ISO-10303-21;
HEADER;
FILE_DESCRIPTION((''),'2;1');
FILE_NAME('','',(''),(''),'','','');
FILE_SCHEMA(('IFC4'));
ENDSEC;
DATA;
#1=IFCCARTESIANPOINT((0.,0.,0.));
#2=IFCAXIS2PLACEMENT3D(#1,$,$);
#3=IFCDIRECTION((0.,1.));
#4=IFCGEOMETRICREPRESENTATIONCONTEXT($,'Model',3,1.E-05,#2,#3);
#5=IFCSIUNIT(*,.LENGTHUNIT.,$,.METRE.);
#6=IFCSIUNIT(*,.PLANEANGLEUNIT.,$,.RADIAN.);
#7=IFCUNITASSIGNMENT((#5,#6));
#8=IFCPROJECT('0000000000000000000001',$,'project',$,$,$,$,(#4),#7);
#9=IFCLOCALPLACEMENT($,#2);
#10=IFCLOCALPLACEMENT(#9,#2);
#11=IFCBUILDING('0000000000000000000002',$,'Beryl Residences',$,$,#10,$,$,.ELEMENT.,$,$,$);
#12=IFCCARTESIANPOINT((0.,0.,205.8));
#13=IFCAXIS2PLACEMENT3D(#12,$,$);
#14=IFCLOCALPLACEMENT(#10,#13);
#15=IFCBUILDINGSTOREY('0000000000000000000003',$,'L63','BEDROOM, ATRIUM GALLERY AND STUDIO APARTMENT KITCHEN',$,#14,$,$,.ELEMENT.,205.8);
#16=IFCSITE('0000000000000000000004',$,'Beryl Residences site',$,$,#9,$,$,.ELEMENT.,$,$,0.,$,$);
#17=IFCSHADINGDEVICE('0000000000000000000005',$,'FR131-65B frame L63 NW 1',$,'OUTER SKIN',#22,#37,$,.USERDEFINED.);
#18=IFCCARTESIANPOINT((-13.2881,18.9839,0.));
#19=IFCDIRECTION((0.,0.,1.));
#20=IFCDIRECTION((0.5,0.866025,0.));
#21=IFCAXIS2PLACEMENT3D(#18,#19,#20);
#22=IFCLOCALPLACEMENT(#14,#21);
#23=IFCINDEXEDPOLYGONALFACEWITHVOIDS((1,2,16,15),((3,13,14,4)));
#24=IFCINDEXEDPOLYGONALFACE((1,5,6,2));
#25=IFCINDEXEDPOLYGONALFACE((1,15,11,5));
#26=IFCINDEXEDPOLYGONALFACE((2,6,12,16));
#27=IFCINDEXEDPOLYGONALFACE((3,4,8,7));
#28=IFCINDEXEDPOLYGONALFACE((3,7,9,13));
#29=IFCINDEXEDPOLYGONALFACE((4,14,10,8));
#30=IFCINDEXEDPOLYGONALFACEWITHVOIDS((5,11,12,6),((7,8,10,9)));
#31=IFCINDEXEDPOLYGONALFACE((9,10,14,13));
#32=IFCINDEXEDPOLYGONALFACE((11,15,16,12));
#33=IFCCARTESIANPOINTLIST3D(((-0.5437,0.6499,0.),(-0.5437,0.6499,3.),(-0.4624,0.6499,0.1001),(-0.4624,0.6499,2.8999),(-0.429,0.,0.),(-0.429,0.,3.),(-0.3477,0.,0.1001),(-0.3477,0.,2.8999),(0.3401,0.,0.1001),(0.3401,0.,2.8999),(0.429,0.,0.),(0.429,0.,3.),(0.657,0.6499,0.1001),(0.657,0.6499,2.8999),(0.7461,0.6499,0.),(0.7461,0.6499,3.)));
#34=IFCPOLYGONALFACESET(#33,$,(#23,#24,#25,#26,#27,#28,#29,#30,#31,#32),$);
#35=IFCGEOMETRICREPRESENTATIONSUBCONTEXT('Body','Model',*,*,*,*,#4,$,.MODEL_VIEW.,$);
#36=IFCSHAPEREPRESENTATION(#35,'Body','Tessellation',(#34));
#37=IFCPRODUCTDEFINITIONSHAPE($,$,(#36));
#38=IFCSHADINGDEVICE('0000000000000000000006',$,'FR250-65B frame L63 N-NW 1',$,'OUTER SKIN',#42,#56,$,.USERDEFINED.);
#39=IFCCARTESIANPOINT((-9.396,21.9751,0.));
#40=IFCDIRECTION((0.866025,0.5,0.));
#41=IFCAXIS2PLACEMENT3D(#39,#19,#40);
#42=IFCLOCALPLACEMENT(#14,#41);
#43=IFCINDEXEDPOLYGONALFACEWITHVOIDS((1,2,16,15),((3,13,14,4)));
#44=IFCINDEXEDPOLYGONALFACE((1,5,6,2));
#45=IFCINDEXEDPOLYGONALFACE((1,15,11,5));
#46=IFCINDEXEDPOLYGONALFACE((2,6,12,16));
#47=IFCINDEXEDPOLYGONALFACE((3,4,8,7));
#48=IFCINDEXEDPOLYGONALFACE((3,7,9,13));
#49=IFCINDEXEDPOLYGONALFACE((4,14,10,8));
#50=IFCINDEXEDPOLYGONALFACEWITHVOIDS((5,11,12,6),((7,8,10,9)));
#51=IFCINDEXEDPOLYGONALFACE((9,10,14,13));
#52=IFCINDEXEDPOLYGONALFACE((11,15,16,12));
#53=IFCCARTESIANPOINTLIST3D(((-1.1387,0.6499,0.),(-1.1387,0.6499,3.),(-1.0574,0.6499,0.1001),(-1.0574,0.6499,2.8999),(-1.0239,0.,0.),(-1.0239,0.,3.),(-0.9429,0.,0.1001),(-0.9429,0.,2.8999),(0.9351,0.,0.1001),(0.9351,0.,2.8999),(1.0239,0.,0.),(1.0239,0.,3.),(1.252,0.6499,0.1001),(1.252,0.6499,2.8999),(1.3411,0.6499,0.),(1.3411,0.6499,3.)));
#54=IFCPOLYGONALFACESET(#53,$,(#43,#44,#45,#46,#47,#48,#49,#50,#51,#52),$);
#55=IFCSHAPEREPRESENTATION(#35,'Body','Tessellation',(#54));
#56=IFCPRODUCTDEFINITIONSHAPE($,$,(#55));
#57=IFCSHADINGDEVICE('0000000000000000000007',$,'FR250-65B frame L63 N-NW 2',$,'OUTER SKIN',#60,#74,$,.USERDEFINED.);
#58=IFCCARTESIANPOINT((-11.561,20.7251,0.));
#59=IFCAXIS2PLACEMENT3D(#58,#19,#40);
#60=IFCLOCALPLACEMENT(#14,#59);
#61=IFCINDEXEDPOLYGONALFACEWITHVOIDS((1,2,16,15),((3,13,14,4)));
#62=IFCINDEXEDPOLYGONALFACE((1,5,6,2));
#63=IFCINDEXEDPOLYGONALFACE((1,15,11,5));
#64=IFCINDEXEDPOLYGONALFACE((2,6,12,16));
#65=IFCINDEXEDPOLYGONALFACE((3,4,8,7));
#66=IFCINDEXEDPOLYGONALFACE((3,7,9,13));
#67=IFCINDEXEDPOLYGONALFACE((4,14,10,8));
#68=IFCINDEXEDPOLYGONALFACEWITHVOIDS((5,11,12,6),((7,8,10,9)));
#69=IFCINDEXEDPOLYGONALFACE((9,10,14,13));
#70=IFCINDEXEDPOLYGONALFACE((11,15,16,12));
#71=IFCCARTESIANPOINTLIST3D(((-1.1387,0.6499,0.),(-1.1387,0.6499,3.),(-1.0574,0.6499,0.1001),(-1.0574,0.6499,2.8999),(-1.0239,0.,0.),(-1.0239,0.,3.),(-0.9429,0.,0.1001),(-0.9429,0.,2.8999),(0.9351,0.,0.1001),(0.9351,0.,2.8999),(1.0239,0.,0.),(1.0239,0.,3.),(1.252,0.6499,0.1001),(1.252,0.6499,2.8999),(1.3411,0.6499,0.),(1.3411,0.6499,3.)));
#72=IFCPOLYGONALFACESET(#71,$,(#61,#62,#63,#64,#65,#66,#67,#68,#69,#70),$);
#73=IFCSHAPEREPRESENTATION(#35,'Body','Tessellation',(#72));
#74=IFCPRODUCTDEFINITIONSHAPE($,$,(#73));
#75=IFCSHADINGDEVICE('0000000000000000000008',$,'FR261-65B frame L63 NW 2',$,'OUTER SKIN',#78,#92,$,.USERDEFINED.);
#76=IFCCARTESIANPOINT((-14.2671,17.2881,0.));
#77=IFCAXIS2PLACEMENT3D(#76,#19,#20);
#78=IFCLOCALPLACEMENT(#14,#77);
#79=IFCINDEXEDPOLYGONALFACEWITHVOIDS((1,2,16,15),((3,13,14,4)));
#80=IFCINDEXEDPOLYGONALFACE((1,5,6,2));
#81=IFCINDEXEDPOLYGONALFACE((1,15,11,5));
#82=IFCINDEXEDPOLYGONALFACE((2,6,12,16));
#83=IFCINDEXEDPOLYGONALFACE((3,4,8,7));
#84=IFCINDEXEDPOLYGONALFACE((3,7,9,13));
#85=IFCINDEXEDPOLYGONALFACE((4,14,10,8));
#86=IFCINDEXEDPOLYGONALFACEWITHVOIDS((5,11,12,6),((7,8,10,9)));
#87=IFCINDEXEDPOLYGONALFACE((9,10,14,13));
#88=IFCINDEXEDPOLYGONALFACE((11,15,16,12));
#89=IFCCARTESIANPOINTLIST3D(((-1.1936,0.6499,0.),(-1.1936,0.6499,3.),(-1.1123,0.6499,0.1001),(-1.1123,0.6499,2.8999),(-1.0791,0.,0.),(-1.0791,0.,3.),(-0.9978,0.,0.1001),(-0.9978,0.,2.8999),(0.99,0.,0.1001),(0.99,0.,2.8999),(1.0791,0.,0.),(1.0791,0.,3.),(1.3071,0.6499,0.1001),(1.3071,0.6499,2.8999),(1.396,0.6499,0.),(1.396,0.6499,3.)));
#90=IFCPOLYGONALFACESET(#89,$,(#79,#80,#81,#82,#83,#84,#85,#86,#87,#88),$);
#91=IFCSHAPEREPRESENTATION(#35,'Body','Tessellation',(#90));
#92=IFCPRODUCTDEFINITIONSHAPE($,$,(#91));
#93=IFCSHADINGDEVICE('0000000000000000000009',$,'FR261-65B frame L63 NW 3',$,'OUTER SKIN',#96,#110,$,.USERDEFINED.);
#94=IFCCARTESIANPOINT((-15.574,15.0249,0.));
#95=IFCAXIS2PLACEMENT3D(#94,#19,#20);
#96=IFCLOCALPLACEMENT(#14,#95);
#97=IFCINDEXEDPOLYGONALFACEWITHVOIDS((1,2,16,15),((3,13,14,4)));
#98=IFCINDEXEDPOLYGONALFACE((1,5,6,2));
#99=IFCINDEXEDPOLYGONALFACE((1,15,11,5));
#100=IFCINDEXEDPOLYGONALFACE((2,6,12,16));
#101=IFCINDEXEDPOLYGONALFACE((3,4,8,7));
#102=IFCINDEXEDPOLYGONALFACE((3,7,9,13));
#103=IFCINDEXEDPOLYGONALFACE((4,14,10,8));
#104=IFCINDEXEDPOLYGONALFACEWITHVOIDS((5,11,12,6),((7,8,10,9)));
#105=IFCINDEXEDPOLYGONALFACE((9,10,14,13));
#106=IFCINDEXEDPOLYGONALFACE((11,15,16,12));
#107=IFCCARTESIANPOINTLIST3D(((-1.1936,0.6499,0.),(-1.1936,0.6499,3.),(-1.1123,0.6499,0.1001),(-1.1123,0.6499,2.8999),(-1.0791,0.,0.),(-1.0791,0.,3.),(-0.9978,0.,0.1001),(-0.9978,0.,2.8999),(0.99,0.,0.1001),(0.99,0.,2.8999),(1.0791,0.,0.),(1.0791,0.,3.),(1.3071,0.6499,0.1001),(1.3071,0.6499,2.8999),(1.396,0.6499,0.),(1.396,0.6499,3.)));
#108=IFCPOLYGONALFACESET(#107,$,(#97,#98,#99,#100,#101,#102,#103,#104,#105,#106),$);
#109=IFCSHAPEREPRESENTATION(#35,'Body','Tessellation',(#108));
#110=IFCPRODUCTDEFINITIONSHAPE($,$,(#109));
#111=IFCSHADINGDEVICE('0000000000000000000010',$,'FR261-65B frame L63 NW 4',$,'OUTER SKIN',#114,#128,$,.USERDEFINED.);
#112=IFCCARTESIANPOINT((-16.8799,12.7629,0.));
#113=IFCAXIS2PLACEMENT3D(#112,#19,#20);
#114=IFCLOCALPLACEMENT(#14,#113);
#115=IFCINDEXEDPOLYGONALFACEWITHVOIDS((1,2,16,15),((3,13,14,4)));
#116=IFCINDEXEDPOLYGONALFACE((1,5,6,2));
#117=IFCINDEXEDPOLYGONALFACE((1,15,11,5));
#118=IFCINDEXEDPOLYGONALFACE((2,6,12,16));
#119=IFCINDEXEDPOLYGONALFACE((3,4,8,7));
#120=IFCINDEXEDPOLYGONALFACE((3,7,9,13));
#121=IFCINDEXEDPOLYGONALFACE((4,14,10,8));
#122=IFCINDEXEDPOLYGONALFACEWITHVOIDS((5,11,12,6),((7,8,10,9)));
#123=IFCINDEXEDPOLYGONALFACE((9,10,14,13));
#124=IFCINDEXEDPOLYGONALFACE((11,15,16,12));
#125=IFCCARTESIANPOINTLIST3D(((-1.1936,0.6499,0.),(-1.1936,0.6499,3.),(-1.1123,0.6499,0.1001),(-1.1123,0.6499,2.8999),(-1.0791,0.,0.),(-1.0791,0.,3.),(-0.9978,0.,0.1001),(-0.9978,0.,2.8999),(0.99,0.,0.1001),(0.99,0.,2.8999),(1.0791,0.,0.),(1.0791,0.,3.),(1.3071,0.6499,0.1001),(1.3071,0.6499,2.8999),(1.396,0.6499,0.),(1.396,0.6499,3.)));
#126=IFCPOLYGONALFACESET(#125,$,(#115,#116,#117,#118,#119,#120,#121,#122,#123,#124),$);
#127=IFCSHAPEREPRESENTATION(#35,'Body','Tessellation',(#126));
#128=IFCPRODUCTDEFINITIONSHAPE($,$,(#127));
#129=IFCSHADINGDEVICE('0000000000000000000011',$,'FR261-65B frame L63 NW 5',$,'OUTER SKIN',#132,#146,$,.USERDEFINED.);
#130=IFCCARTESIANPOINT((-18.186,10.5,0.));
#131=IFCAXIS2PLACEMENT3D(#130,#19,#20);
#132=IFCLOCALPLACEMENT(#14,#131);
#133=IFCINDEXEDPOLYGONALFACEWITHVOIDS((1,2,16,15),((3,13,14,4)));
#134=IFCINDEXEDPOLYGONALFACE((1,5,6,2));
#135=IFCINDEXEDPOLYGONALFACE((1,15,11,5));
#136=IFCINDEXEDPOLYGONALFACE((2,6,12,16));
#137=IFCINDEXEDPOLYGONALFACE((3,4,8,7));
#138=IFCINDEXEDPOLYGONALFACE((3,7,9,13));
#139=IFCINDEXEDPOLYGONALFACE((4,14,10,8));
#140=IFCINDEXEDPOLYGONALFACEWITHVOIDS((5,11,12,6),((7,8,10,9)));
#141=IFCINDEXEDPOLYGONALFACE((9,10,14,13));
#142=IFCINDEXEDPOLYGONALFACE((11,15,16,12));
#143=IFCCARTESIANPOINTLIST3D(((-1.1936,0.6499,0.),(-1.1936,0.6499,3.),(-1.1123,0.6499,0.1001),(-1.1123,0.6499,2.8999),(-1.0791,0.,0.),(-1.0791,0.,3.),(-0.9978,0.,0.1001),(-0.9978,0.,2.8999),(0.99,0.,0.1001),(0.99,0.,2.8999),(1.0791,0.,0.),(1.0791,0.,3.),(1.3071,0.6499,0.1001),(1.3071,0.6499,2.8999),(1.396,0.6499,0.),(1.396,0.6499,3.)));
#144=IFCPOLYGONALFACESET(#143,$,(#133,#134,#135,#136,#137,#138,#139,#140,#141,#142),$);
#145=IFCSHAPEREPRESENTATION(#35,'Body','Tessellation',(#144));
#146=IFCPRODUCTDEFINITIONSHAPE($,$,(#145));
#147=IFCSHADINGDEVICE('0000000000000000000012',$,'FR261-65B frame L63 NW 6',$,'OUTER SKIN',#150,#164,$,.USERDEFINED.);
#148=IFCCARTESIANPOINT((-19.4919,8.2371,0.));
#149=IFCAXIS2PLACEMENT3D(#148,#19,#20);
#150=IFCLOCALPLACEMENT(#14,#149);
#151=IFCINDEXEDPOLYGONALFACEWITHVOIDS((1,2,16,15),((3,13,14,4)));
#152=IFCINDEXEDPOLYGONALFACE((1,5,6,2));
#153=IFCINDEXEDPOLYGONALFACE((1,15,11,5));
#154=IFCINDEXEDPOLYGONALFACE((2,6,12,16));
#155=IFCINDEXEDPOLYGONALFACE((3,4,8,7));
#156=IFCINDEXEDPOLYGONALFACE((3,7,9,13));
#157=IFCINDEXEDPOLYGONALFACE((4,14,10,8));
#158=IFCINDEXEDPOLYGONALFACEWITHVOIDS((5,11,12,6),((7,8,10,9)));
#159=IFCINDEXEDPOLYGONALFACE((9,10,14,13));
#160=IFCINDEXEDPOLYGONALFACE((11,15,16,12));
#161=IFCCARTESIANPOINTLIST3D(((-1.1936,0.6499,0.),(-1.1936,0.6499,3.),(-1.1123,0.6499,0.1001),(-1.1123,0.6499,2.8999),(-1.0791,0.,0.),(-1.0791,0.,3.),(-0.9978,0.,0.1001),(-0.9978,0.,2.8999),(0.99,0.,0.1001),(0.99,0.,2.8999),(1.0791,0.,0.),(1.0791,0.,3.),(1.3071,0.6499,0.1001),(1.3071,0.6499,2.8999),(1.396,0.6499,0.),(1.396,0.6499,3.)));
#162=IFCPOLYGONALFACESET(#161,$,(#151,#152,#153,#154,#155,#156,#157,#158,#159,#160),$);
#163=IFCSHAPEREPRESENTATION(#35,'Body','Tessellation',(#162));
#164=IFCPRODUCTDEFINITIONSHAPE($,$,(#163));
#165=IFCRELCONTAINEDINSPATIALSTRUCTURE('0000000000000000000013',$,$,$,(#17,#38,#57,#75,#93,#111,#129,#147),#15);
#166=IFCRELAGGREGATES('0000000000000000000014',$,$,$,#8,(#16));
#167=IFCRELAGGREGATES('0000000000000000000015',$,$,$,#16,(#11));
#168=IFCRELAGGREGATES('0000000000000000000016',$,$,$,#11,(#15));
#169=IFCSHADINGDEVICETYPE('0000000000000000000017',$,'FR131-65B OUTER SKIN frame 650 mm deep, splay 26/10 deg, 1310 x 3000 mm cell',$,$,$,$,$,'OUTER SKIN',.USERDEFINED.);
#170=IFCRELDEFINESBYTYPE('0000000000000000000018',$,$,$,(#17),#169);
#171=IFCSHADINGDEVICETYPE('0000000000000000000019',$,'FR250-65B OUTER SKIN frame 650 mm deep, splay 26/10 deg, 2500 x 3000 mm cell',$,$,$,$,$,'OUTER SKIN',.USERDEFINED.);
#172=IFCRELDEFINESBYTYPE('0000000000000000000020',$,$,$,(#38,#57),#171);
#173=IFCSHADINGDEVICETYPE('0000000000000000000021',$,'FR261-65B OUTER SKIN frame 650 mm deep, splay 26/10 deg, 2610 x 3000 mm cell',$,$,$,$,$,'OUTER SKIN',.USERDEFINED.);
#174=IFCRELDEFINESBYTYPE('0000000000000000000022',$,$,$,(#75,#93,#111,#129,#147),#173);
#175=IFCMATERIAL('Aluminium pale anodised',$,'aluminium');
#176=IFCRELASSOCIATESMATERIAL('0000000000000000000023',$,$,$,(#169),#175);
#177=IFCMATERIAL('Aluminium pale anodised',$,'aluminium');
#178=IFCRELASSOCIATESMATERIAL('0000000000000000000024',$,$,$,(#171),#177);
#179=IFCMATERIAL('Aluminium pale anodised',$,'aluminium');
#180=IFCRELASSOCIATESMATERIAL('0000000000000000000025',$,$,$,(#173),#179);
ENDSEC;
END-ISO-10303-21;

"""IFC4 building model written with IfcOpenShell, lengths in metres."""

from ifc_helpers import new_model, entity, si_unit, direction, frame, origin, place, context, subcontext, project, spatial, source, transform, mapped, material, type_object, type_shapes, element, save


model = new_model("IFC4")

# Units and contexts
model_context = context("Model", 3, precision=1e-05, world=origin(), true_north=direction((0.0, 1.0)))
body_context = subcontext(model_context, "Body", "Model", "MODEL_VIEW")
ifc_project = project(units=[si_unit("LENGTHUNIT", "METRE"), si_unit("PLANEANGLEUNIT", "RADIAN")], contexts=[model_context])

# Site, building, storey
site_placement = place(None, origin())
site = spatial("IfcSite", under=ifc_project, at=site_placement, Name="Beryl Residences site", CompositionType="ELEMENT", RefElevation=0.0)
building_placement = place(site_placement, origin())
building = spatial("IfcBuilding", under=site, at=building_placement, Name="Beryl Residences", CompositionType="ELEMENT")
storey_placement = place(building_placement, frame((0.0, 0.0, 205.8)))
storey = spatial("IfcBuildingStorey", under=building, at=storey_placement, Name="L63", Description="BEDROOM, ATRIUM GALLERY AND STUDIO APARTMENT KITCHEN", CompositionType="ELEMENT", Elevation=205.8)

# Shading devices
ifc_material_1 = material(Name="Aluminium pale anodised", Category="aluminium")
shading_device_type_1 = type_object("IfcShadingDeviceType", Name="FR131-65B OUTER SKIN frame 650 mm deep, splay 26/10 deg, 1310 x 3000 mm cell", ElementType="OUTER SKIN", PredefinedType="USERDEFINED", material=ifc_material_1)
cartesian_point_1 = entity("IfcCartesianPoint", [-0.429, 0.0])
cartesian_point_2 = entity("IfcCartesianPoint", [-0.3401, 0.1001])
cartesian_point_3 = entity("IfcCartesianPoint", [-0.7461, 0.0])
cartesian_point_4 = entity("IfcCartesianPoint", [-0.657, 0.1001])
shared_shape_1 = source(origin(), body_context, "Body", "SweptSolid", [
    entity("IfcExtrudedAreaSolidTapered", entity("IfcArbitraryProfileDefWithVoids", "AREA", None, entity("IfcPolyline", [cartesian_point_1, entity("IfcCartesianPoint", [0.429, 0.0]), entity("IfcCartesianPoint", [0.429, 3.0]), entity("IfcCartesianPoint", [-0.429, 3.0]), cartesian_point_1]), [entity("IfcPolyline", [cartesian_point_2, entity("IfcCartesianPoint", [0.3477, 0.1001]), entity("IfcCartesianPoint", [0.3477, 2.8999]), entity("IfcCartesianPoint", [-0.3401, 2.8999]), cartesian_point_2])]), entity("IfcAxis2Placement3D", entity("IfcCartesianPoint", [0.0, 0.0, 0.0]), entity("IfcDirection", [0.0, 1.0, 0.0]), entity("IfcDirection", [-1.0, 0.0, 0.0])), entity("IfcDirection", [0.0, 0.0, 1.0]), 0.6499, entity("IfcArbitraryProfileDefWithVoids", "AREA", None, entity("IfcPolyline", [cartesian_point_3, entity("IfcCartesianPoint", [0.5437, 0.0]), entity("IfcCartesianPoint", [0.5437, 3.0]), entity("IfcCartesianPoint", [-0.7461, 3.0]), cartesian_point_3]), [entity("IfcPolyline", [cartesian_point_4, entity("IfcCartesianPoint", [0.4624, 0.1001]), entity("IfcCartesianPoint", [0.4624, 2.8999]), entity("IfcCartesianPoint", [-0.657, 2.8999]), cartesian_point_4])])),
])
type_shapes(shading_device_type_1, [shared_shape_1])
shading_device_placement = place(storey_placement, frame((-13.2881, 18.9839, 0.0), z_axis=(0.0, 0.0, 1.0), x_axis=(0.5, 0.866025, 0.0)))
element("IfcShadingDevice", 1, at=shading_device_placement, inside=storey, type_object=shading_device_type_1, Name="FR131-65B frame L63 NW 1", ObjectType="OUTER SKIN", PredefinedType="USERDEFINED", context=body_context, shape_type="MappedRepresentation", body=[
    mapped(shared_shape_1, transform((0.0, 0.0, 0.0))),
])
ifc_material_2 = material(Name="Aluminium pale anodised", Category="aluminium")
shading_device_type_2 = type_object("IfcShadingDeviceType", Name="FR250-65B OUTER SKIN frame 650 mm deep, splay 26/10 deg, 2500 x 3000 mm cell", ElementType="OUTER SKIN", PredefinedType="USERDEFINED", material=ifc_material_2)
cartesian_point_5 = entity("IfcCartesianPoint", [-1.0239, 0.0])
cartesian_point_6 = entity("IfcCartesianPoint", [-0.9351, 0.1001])
cartesian_point_7 = entity("IfcCartesianPoint", [-1.3411, 0.0])
cartesian_point_8 = entity("IfcCartesianPoint", [-1.252, 0.1001])
shared_shape_2 = source(origin(), body_context, "Body", "SweptSolid", [
    entity("IfcExtrudedAreaSolidTapered", entity("IfcArbitraryProfileDefWithVoids", "AREA", None, entity("IfcPolyline", [cartesian_point_5, entity("IfcCartesianPoint", [1.0239, 0.0]), entity("IfcCartesianPoint", [1.0239, 3.0]), entity("IfcCartesianPoint", [-1.0239, 3.0]), cartesian_point_5]), [entity("IfcPolyline", [cartesian_point_6, entity("IfcCartesianPoint", [0.9429, 0.1001]), entity("IfcCartesianPoint", [0.9429, 2.8999]), entity("IfcCartesianPoint", [-0.9351, 2.8999]), cartesian_point_6])]), entity("IfcAxis2Placement3D", entity("IfcCartesianPoint", [0.0, 0.0, 0.0]), entity("IfcDirection", [0.0, 1.0, 0.0]), entity("IfcDirection", [-1.0, 0.0, 0.0])), entity("IfcDirection", [0.0, 0.0, 1.0]), 0.6499, entity("IfcArbitraryProfileDefWithVoids", "AREA", None, entity("IfcPolyline", [cartesian_point_7, entity("IfcCartesianPoint", [1.1387, 0.0]), entity("IfcCartesianPoint", [1.1387, 3.0]), entity("IfcCartesianPoint", [-1.3411, 3.0]), cartesian_point_7]), [entity("IfcPolyline", [cartesian_point_8, entity("IfcCartesianPoint", [1.0574, 0.1001]), entity("IfcCartesianPoint", [1.0574, 2.8999]), entity("IfcCartesianPoint", [-1.252, 2.8999]), cartesian_point_8])])),
])
type_shapes(shading_device_type_2, [shared_shape_2])
for number, where, z_axis, x_axis, name in (
    (2, (-9.396, 21.9751, 0.0), (0.0, 0.0, 1.0), (0.866025, 0.5, 0.0), "FR250-65B frame L63 N-NW 1"),
    (3, (-11.561, 20.7251, 0.0), (0.0, 0.0, 1.0), (0.866025, 0.5, 0.0), "FR250-65B frame L63 N-NW 2"),
):
    element("IfcShadingDevice", number, at=place(storey_placement, frame(where, z_axis=z_axis, x_axis=x_axis)), inside=storey, type_object=shading_device_type_2, Name=name, ObjectType="OUTER SKIN", PredefinedType="USERDEFINED", context=body_context, shape_type="MappedRepresentation", body=[
        mapped(shared_shape_2, transform((0.0, 0.0, 0.0))),
    ])
ifc_material_3 = material(Name="Aluminium pale anodised", Category="aluminium")
shading_device_type_3 = type_object("IfcShadingDeviceType", Name="FR261-65B OUTER SKIN frame 650 mm deep, splay 26/10 deg, 2610 x 3000 mm cell", ElementType="OUTER SKIN", PredefinedType="USERDEFINED", material=ifc_material_3)
cartesian_point_9 = entity("IfcCartesianPoint", [-1.0791, 0.0])
cartesian_point_10 = entity("IfcCartesianPoint", [-0.99, 0.1001])
cartesian_point_11 = entity("IfcCartesianPoint", [-1.396, 0.0])
cartesian_point_12 = entity("IfcCartesianPoint", [-1.3071, 0.1001])
shared_shape_3 = source(origin(), body_context, "Body", "SweptSolid", [
    entity("IfcExtrudedAreaSolidTapered", entity("IfcArbitraryProfileDefWithVoids", "AREA", None, entity("IfcPolyline", [cartesian_point_9, entity("IfcCartesianPoint", [1.0791, 0.0]), entity("IfcCartesianPoint", [1.0791, 3.0]), entity("IfcCartesianPoint", [-1.0791, 3.0]), cartesian_point_9]), [entity("IfcPolyline", [cartesian_point_10, entity("IfcCartesianPoint", [0.9978, 0.1001]), entity("IfcCartesianPoint", [0.9978, 2.8999]), entity("IfcCartesianPoint", [-0.99, 2.8999]), cartesian_point_10])]), entity("IfcAxis2Placement3D", entity("IfcCartesianPoint", [0.0, 0.0, 0.0]), entity("IfcDirection", [0.0, 1.0, 0.0]), entity("IfcDirection", [-1.0, 0.0, 0.0])), entity("IfcDirection", [0.0, 0.0, 1.0]), 0.6499, entity("IfcArbitraryProfileDefWithVoids", "AREA", None, entity("IfcPolyline", [cartesian_point_11, entity("IfcCartesianPoint", [1.1936, 0.0]), entity("IfcCartesianPoint", [1.1936, 3.0]), entity("IfcCartesianPoint", [-1.396, 3.0]), cartesian_point_11]), [entity("IfcPolyline", [cartesian_point_12, entity("IfcCartesianPoint", [1.1123, 0.1001]), entity("IfcCartesianPoint", [1.1123, 2.8999]), entity("IfcCartesianPoint", [-1.3071, 2.8999]), cartesian_point_12])])),
])
type_shapes(shading_device_type_3, [shared_shape_3])
for number, where, z_axis, x_axis, name in (
    (4, (-14.2671, 17.2881, 0.0), (0.0, 0.0, 1.0), (0.5, 0.866025, 0.0), "FR261-65B frame L63 NW 2"),
    (5, (-15.574, 15.0249, 0.0), (0.0, 0.0, 1.0), (0.5, 0.866025, 0.0), "FR261-65B frame L63 NW 3"),
    (6, (-16.8799, 12.7629, 0.0), (0.0, 0.0, 1.0), (0.5, 0.866025, 0.0), "FR261-65B frame L63 NW 4"),
    (7, (-18.186, 10.5, 0.0), (0.0, 0.0, 1.0), (0.5, 0.866025, 0.0), "FR261-65B frame L63 NW 5"),
    (8, (-19.4919, 8.2371, 0.0), (0.0, 0.0, 1.0), (0.5, 0.866025, 0.0), "FR261-65B frame L63 NW 6"),
):
    element("IfcShadingDevice", number, at=place(storey_placement, frame(where, z_axis=z_axis, x_axis=x_axis)), inside=storey, type_object=shading_device_type_3, Name=name, ObjectType="OUTER SKIN", PredefinedType="USERDEFINED", context=body_context, shape_type="MappedRepresentation", body=[
        mapped(shared_shape_3, transform((0.0, 0.0, 0.0))),
    ])

save(model, "model.ifc")
